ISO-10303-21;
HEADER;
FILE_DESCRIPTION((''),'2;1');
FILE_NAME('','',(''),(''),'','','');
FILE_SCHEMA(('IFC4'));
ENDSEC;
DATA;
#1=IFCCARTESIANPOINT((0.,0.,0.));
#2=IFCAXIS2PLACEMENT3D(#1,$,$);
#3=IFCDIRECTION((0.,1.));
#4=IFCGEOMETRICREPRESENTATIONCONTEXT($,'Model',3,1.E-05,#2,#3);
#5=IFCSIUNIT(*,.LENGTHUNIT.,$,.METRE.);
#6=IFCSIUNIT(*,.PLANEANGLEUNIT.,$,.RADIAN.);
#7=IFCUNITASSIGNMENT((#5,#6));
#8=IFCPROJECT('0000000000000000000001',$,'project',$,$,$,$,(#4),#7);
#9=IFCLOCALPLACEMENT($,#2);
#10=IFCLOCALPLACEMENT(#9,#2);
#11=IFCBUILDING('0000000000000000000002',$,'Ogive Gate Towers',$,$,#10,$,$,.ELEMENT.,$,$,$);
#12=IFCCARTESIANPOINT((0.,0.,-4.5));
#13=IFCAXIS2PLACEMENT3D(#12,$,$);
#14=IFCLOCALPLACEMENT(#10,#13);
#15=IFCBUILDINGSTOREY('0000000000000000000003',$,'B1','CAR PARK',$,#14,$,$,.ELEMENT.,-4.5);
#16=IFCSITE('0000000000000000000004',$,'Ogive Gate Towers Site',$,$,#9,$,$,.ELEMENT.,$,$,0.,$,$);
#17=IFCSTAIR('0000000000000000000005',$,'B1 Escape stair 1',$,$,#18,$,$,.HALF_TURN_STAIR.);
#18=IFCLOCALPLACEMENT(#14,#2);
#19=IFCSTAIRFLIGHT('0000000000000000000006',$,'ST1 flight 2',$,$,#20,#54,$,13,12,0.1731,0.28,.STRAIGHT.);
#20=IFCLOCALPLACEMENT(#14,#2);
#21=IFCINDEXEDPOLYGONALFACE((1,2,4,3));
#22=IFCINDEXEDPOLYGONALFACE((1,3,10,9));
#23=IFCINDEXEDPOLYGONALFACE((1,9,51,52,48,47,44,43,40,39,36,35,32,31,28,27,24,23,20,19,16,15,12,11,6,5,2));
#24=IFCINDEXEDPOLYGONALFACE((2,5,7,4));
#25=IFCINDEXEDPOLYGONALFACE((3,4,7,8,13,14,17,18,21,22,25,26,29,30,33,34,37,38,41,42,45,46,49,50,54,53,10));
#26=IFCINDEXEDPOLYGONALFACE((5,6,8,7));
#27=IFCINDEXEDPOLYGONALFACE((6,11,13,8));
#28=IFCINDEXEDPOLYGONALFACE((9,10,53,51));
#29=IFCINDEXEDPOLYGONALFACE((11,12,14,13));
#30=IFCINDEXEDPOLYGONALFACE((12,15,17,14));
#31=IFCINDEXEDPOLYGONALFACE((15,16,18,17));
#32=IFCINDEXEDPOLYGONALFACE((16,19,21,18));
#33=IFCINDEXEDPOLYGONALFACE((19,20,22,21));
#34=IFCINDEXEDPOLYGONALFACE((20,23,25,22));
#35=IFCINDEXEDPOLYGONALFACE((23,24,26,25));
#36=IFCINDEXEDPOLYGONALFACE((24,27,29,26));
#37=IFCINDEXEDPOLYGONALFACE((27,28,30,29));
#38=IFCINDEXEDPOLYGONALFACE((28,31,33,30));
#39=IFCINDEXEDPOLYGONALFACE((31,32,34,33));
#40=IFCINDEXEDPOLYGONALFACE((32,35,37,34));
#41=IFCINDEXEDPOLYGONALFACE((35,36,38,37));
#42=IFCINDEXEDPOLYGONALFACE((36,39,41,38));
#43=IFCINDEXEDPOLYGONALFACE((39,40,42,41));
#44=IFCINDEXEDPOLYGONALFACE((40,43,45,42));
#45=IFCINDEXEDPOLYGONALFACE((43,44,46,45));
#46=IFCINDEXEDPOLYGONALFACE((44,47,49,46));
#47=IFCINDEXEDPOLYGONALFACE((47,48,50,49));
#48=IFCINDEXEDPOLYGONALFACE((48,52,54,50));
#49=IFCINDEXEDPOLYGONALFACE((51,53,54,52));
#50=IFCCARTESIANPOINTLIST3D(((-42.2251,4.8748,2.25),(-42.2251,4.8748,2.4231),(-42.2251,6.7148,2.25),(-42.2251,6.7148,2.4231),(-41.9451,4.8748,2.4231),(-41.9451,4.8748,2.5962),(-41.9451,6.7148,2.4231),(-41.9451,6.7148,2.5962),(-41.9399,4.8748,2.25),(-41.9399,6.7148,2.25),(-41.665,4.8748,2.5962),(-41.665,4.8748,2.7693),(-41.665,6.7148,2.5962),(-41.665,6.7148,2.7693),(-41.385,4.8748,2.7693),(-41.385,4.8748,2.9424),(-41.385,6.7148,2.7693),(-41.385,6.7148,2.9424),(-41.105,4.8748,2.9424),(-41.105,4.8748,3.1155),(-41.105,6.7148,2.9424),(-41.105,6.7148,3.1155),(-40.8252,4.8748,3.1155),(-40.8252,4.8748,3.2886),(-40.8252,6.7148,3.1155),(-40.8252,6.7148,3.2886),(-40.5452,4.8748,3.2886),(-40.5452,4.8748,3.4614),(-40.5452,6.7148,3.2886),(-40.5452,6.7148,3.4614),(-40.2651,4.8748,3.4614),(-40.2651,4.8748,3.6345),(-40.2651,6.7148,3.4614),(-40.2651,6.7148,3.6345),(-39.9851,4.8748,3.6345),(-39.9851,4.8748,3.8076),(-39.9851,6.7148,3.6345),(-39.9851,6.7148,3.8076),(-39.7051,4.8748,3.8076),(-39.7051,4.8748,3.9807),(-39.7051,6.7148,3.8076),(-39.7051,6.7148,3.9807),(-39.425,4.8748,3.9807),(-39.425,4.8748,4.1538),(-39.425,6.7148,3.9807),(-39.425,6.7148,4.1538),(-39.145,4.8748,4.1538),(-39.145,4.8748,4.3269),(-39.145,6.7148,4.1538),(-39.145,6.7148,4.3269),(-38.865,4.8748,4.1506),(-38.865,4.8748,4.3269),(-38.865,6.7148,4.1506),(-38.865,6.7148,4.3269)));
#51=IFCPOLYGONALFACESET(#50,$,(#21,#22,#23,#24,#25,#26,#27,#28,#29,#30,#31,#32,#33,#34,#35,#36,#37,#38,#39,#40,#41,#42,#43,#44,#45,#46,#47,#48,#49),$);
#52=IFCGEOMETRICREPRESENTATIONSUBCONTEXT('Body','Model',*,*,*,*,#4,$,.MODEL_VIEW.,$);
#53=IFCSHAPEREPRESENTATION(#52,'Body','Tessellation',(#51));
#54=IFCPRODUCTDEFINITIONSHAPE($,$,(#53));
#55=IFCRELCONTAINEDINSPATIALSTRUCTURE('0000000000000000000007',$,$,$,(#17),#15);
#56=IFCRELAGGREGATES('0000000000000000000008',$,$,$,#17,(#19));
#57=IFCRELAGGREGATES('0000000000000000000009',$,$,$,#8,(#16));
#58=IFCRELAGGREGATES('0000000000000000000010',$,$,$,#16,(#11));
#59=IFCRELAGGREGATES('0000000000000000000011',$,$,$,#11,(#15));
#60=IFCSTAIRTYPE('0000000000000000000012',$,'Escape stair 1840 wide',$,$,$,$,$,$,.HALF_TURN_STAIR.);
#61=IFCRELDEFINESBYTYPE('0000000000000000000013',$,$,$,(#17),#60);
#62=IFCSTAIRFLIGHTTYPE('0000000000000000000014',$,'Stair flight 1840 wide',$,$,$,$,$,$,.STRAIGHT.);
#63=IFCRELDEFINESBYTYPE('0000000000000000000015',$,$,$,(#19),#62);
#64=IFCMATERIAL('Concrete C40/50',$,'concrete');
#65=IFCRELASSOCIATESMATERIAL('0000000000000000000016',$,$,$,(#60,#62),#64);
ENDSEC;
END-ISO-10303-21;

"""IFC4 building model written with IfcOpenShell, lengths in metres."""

from ifc_helpers import new_model, si_unit, direction, frame, origin, place, context, subcontext, project, spatial, polyline, outline, extrude, material, type_object, element, aggregate, save


model = new_model("IFC4")

# Units and contexts
model_context = context("Model", 3, precision=1e-05, world=origin(), true_north=direction((0.0, 1.0)))
body_context = subcontext(model_context, "Body", "Model", "MODEL_VIEW")
ifc_project = project(units=[si_unit("LENGTHUNIT", "METRE"), si_unit("PLANEANGLEUNIT", "RADIAN")], contexts=[model_context])

# Site, building, storey
site_placement = place(None, origin())
site = spatial("IfcSite", under=ifc_project, at=site_placement, Name="Ogive Gate Towers Site", CompositionType="ELEMENT", RefElevation=0.0)
building_placement = place(site_placement, origin())
building = spatial("IfcBuilding", under=site, at=building_placement, Name="Ogive Gate Towers", CompositionType="ELEMENT")
storey_placement = place(building_placement, frame((0.0, 0.0, -4.5)))
storey = spatial("IfcBuildingStorey", under=building, at=storey_placement, Name="B1", Description="CAR PARK", CompositionType="ELEMENT", Elevation=-4.5)

# Stair, stair flight
ifc_material_1 = material(Name="Concrete C40/50", Category="concrete")
stair_type = type_object("IfcStairType", Name="Escape stair 1840 wide", PredefinedType="HALF_TURN_STAIR", material=ifc_material_1)
stair_placement = place(storey_placement, origin())
stair = element("IfcStair", 1, at=stair_placement, inside=storey, type_object=stair_type, Name="B1 Escape stair 1", PredefinedType="HALF_TURN_STAIR")
stair_flight_type = type_object("IfcStairFlightType", Name="Stair flight 1840 wide", PredefinedType="STRAIGHT", material=ifc_material_1)
stair_flight_1_placement = place(storey_placement, frame((-42.2251, 5.7949, 2.25), z_axis=(0.0, 0.0, 1.0), x_axis=(1.0, 0.0, 0.0)))
stair_flight_1 = element("IfcStairFlight", 2, at=stair_flight_1_placement, type_object=stair_flight_type, Name="ST1 flight 2", NumberOfRisers=13, NumberOfTreads=12, PredefinedType="STRAIGHT", RiserHeight=0.1731, TreadLength=0.28, context=body_context, shape_type="SweptSolid", body=[
    extrude(outline(polyline([(0.0, 0.0), (0.0, 0.1731), (0.28, 0.1731), (0.28, 0.3462), (0.5601, 0.3462), (0.5601, 0.5193), (0.8401, 0.5193), (0.8401, 0.6924), (1.1201, 0.6924), (1.1201, 0.8655), (1.3999, 0.8655), (1.3999, 1.0386), (1.6799, 1.0386), (1.6799, 1.2114), (1.96, 1.2114), (1.96, 1.3845), (2.24, 1.3845), (2.24, 1.5576), (2.52, 1.5576), (2.52, 1.7307), (2.8, 1.7307), (2.8, 1.9038), (3.0801, 1.9038), (3.0801, 2.0769), (3.3601, 2.0769), (3.3601, 2.25), (3.3601, 1.9006), (0.2852, 0.0), (0.0, 0.0)])), frame((0.0, 0.9199, 0.0), z_axis=(0.0, -1.0, 0.0), x_axis=(1.0, 0.0, 0.0)), (0.0, 0.0, 1.0), 1.8401),
])
aggregate(stair, [stair_flight_1])

save(model, "model.ifc")
